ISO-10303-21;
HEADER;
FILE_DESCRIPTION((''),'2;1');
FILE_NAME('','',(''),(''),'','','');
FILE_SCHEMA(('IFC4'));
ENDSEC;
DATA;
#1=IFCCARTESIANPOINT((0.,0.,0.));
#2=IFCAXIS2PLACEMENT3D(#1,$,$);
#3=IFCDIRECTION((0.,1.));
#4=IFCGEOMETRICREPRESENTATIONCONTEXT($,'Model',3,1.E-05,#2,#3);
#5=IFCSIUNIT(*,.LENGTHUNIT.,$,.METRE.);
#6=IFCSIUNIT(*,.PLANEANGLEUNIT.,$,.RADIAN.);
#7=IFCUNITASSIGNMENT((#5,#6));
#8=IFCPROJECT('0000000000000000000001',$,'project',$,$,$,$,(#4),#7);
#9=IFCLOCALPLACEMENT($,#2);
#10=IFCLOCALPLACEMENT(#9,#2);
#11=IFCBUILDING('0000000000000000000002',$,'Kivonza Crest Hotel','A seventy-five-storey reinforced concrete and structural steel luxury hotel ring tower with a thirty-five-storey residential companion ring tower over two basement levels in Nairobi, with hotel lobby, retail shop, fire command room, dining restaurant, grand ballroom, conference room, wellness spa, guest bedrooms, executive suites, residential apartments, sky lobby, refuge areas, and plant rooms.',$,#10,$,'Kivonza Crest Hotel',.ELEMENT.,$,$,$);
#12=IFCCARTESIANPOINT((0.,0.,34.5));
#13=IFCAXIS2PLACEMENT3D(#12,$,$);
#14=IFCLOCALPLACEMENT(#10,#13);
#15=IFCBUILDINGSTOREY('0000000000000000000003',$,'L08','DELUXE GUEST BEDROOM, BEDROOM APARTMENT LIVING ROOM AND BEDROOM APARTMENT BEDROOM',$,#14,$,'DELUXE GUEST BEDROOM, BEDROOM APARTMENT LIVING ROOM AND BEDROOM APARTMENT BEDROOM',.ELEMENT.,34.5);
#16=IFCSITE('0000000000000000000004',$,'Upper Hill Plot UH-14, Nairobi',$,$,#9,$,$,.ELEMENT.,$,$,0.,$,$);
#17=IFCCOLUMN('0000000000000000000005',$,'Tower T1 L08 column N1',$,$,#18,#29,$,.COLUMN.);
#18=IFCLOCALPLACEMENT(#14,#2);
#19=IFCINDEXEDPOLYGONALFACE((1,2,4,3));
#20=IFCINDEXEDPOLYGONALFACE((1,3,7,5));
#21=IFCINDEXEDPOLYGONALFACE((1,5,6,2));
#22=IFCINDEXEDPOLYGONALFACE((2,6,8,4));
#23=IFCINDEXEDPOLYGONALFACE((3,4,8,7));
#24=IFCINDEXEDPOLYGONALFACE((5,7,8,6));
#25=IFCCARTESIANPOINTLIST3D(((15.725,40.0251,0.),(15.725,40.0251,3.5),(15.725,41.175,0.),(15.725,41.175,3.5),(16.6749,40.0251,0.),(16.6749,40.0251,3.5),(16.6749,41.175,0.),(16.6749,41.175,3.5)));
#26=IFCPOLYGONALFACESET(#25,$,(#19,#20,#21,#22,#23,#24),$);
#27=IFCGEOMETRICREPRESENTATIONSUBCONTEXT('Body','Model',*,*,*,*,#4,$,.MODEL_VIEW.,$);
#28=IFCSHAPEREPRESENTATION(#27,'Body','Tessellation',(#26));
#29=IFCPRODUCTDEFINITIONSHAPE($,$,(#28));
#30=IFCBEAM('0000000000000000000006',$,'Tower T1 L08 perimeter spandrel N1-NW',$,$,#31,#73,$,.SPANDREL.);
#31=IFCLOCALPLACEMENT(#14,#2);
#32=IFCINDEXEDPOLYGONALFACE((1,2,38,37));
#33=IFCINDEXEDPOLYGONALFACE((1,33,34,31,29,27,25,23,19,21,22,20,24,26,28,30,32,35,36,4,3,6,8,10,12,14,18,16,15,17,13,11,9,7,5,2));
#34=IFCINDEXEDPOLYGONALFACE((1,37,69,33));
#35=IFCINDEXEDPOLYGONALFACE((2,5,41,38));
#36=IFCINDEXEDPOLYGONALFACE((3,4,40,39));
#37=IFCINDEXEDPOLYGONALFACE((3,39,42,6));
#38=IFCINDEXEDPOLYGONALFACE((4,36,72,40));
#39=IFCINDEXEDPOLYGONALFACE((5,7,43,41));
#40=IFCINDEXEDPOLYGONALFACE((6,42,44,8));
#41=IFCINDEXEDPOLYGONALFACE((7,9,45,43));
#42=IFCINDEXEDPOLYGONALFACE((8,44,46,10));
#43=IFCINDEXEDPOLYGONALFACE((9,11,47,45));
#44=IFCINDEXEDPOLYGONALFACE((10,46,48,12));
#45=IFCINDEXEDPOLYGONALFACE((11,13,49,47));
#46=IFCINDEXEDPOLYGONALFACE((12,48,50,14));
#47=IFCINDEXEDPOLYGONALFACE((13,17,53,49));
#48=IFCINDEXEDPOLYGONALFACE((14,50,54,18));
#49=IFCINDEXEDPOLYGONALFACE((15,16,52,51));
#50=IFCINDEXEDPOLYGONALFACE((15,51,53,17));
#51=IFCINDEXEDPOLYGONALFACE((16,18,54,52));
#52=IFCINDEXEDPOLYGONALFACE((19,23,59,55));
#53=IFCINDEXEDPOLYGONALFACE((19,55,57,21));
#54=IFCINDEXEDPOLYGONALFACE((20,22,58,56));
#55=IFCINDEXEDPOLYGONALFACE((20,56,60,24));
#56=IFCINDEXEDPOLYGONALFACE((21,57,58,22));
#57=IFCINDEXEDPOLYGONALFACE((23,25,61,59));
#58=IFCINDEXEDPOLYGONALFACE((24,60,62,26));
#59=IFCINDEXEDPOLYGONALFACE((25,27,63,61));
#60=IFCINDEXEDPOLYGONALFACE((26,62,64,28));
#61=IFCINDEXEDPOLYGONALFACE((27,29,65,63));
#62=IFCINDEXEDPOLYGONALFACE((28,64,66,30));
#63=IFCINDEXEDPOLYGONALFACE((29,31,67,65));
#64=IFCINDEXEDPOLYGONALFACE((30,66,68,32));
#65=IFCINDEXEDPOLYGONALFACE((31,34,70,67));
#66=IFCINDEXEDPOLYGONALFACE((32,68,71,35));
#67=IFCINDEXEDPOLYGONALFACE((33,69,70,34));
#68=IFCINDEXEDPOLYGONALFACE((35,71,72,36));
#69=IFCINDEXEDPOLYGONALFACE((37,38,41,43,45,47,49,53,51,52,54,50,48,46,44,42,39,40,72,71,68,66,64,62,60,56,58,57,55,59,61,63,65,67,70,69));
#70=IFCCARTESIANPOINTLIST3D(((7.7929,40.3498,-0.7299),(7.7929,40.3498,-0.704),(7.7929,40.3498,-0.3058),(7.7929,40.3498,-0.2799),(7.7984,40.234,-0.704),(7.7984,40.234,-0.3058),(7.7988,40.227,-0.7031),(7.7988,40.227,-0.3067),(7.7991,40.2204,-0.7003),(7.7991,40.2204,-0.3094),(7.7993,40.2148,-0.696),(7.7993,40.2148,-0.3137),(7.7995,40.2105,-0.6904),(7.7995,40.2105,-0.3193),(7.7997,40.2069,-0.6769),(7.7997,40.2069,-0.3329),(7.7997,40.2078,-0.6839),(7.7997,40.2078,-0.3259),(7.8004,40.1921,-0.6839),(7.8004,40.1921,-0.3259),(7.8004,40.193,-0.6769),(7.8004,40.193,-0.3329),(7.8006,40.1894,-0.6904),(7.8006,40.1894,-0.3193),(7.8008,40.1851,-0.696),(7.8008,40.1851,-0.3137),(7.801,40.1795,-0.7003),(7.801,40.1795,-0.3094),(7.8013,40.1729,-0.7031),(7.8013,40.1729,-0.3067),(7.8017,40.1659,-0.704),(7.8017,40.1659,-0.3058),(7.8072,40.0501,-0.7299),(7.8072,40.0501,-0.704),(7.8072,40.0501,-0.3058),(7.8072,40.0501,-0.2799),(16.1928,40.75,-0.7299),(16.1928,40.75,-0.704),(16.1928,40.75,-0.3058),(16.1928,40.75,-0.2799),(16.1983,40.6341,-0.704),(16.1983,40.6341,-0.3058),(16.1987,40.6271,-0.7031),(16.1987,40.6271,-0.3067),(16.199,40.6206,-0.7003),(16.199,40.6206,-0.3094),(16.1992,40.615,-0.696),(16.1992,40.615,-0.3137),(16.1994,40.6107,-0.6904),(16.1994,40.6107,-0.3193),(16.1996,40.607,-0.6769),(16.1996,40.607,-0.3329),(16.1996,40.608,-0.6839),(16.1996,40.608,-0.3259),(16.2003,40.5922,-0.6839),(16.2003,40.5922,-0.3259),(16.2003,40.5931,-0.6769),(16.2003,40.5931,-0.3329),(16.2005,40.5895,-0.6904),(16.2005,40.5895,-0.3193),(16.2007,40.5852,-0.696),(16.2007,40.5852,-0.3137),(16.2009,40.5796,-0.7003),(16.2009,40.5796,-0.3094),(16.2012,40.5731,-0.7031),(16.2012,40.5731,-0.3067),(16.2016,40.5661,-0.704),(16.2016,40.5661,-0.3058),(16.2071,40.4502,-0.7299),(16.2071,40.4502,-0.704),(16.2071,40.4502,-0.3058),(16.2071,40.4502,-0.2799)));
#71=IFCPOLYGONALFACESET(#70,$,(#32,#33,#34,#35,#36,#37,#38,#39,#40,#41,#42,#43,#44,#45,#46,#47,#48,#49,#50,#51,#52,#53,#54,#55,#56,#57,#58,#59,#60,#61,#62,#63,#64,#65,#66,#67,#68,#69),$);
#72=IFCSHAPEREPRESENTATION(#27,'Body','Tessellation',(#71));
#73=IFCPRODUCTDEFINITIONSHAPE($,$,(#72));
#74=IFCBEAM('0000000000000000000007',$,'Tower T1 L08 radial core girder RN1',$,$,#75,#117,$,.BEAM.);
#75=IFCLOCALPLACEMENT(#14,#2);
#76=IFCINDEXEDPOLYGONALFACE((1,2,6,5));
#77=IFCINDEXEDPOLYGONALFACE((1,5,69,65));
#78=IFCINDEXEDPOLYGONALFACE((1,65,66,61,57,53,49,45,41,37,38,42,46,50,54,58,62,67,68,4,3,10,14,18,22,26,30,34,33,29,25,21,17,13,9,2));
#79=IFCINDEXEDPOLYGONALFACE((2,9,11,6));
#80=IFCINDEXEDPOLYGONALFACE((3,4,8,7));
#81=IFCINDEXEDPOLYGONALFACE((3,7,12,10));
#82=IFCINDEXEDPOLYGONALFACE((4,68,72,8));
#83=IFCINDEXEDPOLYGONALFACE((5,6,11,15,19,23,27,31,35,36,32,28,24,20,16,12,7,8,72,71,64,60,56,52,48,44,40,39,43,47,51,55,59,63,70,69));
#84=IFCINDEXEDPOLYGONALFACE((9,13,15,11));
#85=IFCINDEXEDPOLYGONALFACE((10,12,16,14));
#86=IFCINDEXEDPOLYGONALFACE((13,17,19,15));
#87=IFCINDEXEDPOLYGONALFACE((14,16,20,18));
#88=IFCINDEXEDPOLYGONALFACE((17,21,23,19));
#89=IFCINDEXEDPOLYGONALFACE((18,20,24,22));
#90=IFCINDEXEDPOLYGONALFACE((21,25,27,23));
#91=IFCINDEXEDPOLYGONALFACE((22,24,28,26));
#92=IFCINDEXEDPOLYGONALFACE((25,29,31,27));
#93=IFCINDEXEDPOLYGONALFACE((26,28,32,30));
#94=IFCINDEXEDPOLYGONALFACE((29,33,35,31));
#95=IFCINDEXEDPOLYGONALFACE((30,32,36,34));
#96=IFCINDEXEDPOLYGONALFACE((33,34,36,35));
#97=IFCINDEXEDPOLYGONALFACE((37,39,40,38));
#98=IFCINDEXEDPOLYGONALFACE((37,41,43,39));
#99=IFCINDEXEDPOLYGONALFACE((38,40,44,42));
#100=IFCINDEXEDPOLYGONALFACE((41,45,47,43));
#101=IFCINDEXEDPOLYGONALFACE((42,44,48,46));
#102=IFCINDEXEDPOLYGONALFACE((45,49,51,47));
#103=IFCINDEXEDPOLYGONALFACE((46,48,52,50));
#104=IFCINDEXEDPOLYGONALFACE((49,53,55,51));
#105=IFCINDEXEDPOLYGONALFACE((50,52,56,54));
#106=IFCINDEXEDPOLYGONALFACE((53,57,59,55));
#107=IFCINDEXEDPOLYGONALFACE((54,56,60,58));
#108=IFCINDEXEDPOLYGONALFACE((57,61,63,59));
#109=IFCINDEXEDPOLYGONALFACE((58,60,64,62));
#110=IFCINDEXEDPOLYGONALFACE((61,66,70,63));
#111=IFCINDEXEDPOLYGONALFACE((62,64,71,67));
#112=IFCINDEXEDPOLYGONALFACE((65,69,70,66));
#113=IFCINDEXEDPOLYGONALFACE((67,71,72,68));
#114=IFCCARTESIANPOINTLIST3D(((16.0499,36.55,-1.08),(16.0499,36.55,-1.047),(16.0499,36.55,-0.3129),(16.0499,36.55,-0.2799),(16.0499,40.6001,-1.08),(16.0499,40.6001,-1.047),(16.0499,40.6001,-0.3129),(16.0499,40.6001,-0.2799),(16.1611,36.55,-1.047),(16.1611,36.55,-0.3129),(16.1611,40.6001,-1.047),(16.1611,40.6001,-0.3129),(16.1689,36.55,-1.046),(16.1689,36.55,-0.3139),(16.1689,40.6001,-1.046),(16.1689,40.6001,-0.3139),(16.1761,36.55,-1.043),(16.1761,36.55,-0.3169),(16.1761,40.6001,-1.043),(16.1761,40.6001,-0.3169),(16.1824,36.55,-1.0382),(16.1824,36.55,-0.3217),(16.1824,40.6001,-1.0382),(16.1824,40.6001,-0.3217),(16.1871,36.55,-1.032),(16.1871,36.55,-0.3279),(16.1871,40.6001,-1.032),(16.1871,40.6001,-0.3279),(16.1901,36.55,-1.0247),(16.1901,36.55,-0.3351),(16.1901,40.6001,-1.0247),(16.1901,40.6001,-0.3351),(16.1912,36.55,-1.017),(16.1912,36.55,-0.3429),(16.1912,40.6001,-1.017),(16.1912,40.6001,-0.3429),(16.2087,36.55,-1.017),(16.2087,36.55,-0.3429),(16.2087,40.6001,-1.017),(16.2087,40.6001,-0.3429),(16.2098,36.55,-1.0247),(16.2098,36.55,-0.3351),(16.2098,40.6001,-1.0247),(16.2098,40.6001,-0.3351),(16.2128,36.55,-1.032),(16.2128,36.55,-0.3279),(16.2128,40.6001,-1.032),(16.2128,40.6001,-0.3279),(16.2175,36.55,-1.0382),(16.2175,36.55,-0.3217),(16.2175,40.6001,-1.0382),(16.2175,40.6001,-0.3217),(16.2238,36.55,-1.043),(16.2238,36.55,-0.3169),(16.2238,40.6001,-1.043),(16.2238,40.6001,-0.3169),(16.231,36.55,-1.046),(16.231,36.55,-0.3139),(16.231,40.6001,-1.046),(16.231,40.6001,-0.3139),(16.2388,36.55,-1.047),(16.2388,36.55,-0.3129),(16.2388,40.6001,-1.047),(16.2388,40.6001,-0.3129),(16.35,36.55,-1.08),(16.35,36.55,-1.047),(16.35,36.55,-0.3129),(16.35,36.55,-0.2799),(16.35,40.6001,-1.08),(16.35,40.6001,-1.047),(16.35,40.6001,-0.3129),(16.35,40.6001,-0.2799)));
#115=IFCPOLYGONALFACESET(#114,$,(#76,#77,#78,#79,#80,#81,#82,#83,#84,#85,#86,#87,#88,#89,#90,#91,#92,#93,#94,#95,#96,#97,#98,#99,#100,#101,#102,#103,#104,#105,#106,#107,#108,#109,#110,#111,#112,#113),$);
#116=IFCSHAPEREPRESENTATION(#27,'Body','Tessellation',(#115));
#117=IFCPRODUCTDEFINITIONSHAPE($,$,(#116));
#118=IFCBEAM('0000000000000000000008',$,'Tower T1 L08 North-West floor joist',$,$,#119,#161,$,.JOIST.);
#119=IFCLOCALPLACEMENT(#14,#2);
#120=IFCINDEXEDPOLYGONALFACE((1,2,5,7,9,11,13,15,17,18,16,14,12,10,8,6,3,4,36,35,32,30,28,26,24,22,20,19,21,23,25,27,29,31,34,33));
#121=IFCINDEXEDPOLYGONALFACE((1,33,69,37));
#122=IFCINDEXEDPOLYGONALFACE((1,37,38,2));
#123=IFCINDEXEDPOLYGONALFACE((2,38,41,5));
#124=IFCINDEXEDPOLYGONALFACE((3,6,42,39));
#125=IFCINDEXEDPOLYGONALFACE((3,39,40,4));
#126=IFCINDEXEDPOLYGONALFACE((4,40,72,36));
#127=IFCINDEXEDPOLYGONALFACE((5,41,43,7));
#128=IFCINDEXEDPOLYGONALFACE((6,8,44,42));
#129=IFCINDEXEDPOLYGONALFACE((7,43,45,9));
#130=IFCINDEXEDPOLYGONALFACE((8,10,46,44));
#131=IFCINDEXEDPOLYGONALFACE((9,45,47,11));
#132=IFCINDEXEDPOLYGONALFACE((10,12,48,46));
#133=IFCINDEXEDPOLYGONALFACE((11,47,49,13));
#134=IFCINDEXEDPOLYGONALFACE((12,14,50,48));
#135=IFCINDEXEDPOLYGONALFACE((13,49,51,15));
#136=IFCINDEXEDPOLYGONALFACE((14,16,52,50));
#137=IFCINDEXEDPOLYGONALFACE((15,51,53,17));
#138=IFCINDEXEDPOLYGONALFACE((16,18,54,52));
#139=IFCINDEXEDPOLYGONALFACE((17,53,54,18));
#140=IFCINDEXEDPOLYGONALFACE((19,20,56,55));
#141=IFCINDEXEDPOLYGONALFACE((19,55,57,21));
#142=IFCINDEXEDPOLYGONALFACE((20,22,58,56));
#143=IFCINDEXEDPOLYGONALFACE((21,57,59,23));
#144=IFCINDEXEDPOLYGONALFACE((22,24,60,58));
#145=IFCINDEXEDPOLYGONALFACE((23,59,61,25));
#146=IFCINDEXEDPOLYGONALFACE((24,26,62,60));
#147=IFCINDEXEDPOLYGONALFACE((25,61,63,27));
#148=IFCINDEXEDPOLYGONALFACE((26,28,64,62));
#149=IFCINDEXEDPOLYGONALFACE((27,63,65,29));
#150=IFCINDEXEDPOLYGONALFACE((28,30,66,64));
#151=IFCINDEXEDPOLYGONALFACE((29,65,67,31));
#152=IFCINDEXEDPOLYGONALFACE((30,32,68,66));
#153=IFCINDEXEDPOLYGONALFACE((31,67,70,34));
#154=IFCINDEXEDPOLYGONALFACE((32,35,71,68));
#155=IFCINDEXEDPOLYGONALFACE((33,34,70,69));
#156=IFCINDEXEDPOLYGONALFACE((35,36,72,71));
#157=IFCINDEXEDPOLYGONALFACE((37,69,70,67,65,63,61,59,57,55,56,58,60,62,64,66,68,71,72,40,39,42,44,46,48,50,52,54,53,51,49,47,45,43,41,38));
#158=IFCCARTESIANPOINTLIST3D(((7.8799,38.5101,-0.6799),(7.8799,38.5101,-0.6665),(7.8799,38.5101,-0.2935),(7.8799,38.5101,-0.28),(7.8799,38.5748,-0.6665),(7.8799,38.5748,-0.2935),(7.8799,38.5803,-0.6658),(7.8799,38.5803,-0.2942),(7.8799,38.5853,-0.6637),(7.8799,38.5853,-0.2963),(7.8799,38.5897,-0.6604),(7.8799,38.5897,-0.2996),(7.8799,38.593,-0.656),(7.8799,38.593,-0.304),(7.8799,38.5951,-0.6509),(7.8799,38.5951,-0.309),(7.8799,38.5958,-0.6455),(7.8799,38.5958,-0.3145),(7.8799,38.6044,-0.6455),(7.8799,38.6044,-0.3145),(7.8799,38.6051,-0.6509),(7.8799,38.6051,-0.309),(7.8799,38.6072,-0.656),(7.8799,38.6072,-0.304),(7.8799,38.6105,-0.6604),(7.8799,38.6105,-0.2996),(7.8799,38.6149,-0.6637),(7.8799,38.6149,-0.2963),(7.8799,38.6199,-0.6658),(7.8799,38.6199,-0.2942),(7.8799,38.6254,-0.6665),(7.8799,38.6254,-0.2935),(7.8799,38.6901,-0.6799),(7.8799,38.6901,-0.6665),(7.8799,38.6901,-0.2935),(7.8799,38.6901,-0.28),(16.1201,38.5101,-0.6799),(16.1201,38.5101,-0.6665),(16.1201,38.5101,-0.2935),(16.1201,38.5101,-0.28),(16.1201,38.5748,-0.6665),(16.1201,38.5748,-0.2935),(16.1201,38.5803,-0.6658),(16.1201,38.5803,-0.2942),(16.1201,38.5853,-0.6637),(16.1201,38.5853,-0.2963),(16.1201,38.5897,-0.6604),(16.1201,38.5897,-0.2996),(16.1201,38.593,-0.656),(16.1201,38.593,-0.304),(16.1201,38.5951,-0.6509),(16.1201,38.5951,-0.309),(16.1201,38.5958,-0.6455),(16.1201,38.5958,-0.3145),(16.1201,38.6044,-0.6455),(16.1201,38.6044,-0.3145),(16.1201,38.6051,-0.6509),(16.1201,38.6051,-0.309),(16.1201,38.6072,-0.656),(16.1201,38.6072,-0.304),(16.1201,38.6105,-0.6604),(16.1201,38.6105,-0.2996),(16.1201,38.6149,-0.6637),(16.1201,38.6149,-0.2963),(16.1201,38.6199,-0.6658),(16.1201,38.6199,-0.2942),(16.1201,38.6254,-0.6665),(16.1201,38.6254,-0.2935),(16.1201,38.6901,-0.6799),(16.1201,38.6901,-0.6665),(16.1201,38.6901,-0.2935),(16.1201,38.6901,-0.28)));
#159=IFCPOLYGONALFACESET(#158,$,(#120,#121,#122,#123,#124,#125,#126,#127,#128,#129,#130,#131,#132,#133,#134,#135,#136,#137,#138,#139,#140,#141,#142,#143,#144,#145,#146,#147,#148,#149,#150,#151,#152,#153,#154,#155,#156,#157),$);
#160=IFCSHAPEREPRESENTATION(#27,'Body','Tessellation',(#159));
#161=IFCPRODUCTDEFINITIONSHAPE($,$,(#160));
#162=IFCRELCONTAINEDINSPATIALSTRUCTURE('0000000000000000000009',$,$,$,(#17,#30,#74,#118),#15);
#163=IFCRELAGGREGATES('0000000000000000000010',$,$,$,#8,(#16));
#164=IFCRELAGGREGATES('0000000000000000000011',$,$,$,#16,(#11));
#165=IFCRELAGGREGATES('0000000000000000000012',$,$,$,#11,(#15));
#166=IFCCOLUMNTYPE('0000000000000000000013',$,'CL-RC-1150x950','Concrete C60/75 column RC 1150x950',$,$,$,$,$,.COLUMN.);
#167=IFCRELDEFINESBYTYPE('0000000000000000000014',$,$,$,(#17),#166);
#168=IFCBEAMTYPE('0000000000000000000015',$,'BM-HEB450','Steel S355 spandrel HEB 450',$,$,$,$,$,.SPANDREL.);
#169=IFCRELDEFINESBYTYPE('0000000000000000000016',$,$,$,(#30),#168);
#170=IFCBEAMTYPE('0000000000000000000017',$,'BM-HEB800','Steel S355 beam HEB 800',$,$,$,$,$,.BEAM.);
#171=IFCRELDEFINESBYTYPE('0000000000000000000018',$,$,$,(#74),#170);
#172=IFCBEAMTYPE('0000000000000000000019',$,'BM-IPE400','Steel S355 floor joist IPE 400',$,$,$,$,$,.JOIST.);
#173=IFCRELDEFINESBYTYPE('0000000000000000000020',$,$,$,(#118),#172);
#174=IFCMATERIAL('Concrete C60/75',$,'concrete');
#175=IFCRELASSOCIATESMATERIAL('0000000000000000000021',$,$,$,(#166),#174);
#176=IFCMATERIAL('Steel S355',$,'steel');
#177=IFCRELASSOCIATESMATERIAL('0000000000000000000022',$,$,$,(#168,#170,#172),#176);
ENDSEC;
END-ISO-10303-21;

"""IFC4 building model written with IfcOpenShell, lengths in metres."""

from ifc_helpers import new_model, si_unit, direction, frame, origin, origin_2d, place, context, subcontext, project, spatial, rectangle, i_section, extrude, material, material_profile, profile_set, type_object, element, save


model = new_model("IFC4")

# Units and contexts
model_context = context("Model", 3, precision=1e-05, world=origin(), true_north=direction((0.0, 1.0)))
body_context = subcontext(model_context, "Body", "Model", "MODEL_VIEW")
ifc_project = project(units=[si_unit("LENGTHUNIT", "METRE"), si_unit("PLANEANGLEUNIT", "RADIAN")], contexts=[model_context])

# Site, building, storey
site_placement = place(None, origin())
site = spatial("IfcSite", under=ifc_project, at=site_placement, Name="Upper Hill Plot UH-14, Nairobi", CompositionType="ELEMENT", RefElevation=0.0)
building_placement = place(site_placement, origin())
building = spatial("IfcBuilding", under=site, at=building_placement, Name="Kivonza Crest Hotel", Description="A seventy-five-storey reinforced concrete and structural steel luxury hotel ring tower with a thirty-five-storey residential companion ring tower over two basement levels in Nairobi, with hotel lobby, retail shop, fire command room, dining restaurant, grand ballroom, conference room, wellness spa, guest bedrooms, executive suites, residential apartments, sky lobby, refuge areas, and plant rooms.", LongName="Kivonza Crest Hotel", CompositionType="ELEMENT")
storey_placement = place(building_placement, frame((0.0, 0.0, 34.5)))
storey = spatial("IfcBuildingStorey", under=building, at=storey_placement, Name="L08", Description="DELUXE GUEST BEDROOM, BEDROOM APARTMENT LIVING ROOM AND BEDROOM APARTMENT BEDROOM", LongName="DELUXE GUEST BEDROOM, BEDROOM APARTMENT LIVING ROOM AND BEDROOM APARTMENT BEDROOM", CompositionType="ELEMENT", Elevation=34.5)

# Column
ifc_material_1 = material(Name="Concrete C60/75", Category="concrete")
ifc_material_profile_1 = material_profile(ifc_material_1, rectangle(XDim=0.95, YDim=1.1499, at=origin_2d()), Name="RC 1150x950")
ifc_profile_set_1 = profile_set([ifc_material_profile_1], Name="Concrete C60/75")
column_type = type_object("IfcColumnType", Name="CL-RC-1150x950", Description="Concrete C60/75 column RC 1150x950", PredefinedType="COLUMN", material=ifc_profile_set_1)
column_placement = place(storey_placement, frame((16.2, 40.6001, 0.0), z_axis=(0.0, 0.0, 1.0), x_axis=(1.0, 0.0, 0.0)))
element("IfcColumn", 1, at=column_placement, inside=storey, type_object=column_type, Name="Tower T1 L08 column N1", PredefinedType="COLUMN", context=body_context, shape_type="SweptSolid", body=[
    extrude(rectangle(XDim=0.95, YDim=1.1499, at=origin_2d()), origin(), (0.0, 0.0, 1.0), 3.5),
])

# Beams
ifc_material_2 = material(Name="Steel S355", Category="steel")
ifc_material_profile_2 = material_profile(ifc_material_2, i_section(OverallWidth=0.3, OverallDepth=0.45, WebThickness=0.0139, FlangeThickness=0.0259, FilletRadius=0.0271, at=origin_2d()), Name="HEB 450")
ifc_profile_set_2 = profile_set([ifc_material_profile_2], Name="Steel S355")
beam_type_1 = type_object("IfcBeamType", Name="BM-HEB450", Description="Steel S355 spandrel HEB 450", PredefinedType="SPANDREL", material=ifc_profile_set_2)
beam_1_placement = place(storey_placement, frame((16.2, 40.6001, -0.5049), z_axis=(-0.998867, -0.047583, 0.0), x_axis=(0.047583, -0.998867, 0.0)))
element("IfcBeam", 2, at=beam_1_placement, inside=storey, type_object=beam_type_1, Name="Tower T1 L08 perimeter spandrel N1-NW", PredefinedType="SPANDREL", context=body_context, shape_type="SweptSolid", body=[
    extrude(i_section(OverallWidth=0.3, OverallDepth=0.45, WebThickness=0.0139, FlangeThickness=0.0259, FilletRadius=0.0271, at=origin_2d()), origin(), (0.0, 0.0, 1.0), 8.4094),
])
ifc_material_profile_3 = material_profile(ifc_material_2, i_section(OverallWidth=0.3, OverallDepth=0.8, WebThickness=0.0176, FlangeThickness=0.033, FilletRadius=0.03, at=origin_2d()), Name="HEB 800")
ifc_profile_set_3 = profile_set([ifc_material_profile_3], Name="Steel S355")
beam_type_2 = type_object("IfcBeamType", Name="BM-HEB800", Description="Steel S355 beam HEB 800", PredefinedType="BEAM", material=ifc_profile_set_3)
beam_2_placement = place(storey_placement, frame((16.2, 40.6001, -0.6799), z_axis=(0.0, -1.0, 0.0), x_axis=(1.0, 0.0, 0.0)))
element("IfcBeam", 3, at=beam_2_placement, inside=storey, type_object=beam_type_2, Name="Tower T1 L08 radial core girder RN1", PredefinedType="BEAM", context=body_context, shape_type="SweptSolid", body=[
    extrude(i_section(OverallWidth=0.3, OverallDepth=0.8, WebThickness=0.0176, FlangeThickness=0.033, FilletRadius=0.03, at=origin_2d()), origin(), (0.0, 0.0, 1.0), 4.05),
])
ifc_material_profile_4 = material_profile(ifc_material_2, i_section(OverallWidth=0.1799, OverallDepth=0.3999, WebThickness=0.0085, FlangeThickness=0.0134, FilletRadius=0.021, at=origin_2d()), Name="IPE 400")
ifc_profile_set_4 = profile_set([ifc_material_profile_4], Name="Steel S355")
beam_type_3 = type_object("IfcBeamType", Name="BM-IPE400", Description="Steel S355 floor joist IPE 400", PredefinedType="JOIST", material=ifc_profile_set_4)
beam_3_placement = place(storey_placement, frame((7.8799, 38.6001, -0.48), z_axis=(1.0, 0.0, 0.0), x_axis=(0.0, 1.0, 0.0)))
element("IfcBeam", 4, at=beam_3_placement, inside=storey, type_object=beam_type_3, Name="Tower T1 L08 North-West floor joist", PredefinedType="JOIST", context=body_context, shape_type="SweptSolid", body=[
    extrude(i_section(OverallWidth=0.1799, OverallDepth=0.3999, WebThickness=0.0085, FlangeThickness=0.0134, FilletRadius=0.021, at=origin_2d()), origin(), (0.0, 0.0, 1.0), 8.2402),
])

save(model, "model.ifc")
